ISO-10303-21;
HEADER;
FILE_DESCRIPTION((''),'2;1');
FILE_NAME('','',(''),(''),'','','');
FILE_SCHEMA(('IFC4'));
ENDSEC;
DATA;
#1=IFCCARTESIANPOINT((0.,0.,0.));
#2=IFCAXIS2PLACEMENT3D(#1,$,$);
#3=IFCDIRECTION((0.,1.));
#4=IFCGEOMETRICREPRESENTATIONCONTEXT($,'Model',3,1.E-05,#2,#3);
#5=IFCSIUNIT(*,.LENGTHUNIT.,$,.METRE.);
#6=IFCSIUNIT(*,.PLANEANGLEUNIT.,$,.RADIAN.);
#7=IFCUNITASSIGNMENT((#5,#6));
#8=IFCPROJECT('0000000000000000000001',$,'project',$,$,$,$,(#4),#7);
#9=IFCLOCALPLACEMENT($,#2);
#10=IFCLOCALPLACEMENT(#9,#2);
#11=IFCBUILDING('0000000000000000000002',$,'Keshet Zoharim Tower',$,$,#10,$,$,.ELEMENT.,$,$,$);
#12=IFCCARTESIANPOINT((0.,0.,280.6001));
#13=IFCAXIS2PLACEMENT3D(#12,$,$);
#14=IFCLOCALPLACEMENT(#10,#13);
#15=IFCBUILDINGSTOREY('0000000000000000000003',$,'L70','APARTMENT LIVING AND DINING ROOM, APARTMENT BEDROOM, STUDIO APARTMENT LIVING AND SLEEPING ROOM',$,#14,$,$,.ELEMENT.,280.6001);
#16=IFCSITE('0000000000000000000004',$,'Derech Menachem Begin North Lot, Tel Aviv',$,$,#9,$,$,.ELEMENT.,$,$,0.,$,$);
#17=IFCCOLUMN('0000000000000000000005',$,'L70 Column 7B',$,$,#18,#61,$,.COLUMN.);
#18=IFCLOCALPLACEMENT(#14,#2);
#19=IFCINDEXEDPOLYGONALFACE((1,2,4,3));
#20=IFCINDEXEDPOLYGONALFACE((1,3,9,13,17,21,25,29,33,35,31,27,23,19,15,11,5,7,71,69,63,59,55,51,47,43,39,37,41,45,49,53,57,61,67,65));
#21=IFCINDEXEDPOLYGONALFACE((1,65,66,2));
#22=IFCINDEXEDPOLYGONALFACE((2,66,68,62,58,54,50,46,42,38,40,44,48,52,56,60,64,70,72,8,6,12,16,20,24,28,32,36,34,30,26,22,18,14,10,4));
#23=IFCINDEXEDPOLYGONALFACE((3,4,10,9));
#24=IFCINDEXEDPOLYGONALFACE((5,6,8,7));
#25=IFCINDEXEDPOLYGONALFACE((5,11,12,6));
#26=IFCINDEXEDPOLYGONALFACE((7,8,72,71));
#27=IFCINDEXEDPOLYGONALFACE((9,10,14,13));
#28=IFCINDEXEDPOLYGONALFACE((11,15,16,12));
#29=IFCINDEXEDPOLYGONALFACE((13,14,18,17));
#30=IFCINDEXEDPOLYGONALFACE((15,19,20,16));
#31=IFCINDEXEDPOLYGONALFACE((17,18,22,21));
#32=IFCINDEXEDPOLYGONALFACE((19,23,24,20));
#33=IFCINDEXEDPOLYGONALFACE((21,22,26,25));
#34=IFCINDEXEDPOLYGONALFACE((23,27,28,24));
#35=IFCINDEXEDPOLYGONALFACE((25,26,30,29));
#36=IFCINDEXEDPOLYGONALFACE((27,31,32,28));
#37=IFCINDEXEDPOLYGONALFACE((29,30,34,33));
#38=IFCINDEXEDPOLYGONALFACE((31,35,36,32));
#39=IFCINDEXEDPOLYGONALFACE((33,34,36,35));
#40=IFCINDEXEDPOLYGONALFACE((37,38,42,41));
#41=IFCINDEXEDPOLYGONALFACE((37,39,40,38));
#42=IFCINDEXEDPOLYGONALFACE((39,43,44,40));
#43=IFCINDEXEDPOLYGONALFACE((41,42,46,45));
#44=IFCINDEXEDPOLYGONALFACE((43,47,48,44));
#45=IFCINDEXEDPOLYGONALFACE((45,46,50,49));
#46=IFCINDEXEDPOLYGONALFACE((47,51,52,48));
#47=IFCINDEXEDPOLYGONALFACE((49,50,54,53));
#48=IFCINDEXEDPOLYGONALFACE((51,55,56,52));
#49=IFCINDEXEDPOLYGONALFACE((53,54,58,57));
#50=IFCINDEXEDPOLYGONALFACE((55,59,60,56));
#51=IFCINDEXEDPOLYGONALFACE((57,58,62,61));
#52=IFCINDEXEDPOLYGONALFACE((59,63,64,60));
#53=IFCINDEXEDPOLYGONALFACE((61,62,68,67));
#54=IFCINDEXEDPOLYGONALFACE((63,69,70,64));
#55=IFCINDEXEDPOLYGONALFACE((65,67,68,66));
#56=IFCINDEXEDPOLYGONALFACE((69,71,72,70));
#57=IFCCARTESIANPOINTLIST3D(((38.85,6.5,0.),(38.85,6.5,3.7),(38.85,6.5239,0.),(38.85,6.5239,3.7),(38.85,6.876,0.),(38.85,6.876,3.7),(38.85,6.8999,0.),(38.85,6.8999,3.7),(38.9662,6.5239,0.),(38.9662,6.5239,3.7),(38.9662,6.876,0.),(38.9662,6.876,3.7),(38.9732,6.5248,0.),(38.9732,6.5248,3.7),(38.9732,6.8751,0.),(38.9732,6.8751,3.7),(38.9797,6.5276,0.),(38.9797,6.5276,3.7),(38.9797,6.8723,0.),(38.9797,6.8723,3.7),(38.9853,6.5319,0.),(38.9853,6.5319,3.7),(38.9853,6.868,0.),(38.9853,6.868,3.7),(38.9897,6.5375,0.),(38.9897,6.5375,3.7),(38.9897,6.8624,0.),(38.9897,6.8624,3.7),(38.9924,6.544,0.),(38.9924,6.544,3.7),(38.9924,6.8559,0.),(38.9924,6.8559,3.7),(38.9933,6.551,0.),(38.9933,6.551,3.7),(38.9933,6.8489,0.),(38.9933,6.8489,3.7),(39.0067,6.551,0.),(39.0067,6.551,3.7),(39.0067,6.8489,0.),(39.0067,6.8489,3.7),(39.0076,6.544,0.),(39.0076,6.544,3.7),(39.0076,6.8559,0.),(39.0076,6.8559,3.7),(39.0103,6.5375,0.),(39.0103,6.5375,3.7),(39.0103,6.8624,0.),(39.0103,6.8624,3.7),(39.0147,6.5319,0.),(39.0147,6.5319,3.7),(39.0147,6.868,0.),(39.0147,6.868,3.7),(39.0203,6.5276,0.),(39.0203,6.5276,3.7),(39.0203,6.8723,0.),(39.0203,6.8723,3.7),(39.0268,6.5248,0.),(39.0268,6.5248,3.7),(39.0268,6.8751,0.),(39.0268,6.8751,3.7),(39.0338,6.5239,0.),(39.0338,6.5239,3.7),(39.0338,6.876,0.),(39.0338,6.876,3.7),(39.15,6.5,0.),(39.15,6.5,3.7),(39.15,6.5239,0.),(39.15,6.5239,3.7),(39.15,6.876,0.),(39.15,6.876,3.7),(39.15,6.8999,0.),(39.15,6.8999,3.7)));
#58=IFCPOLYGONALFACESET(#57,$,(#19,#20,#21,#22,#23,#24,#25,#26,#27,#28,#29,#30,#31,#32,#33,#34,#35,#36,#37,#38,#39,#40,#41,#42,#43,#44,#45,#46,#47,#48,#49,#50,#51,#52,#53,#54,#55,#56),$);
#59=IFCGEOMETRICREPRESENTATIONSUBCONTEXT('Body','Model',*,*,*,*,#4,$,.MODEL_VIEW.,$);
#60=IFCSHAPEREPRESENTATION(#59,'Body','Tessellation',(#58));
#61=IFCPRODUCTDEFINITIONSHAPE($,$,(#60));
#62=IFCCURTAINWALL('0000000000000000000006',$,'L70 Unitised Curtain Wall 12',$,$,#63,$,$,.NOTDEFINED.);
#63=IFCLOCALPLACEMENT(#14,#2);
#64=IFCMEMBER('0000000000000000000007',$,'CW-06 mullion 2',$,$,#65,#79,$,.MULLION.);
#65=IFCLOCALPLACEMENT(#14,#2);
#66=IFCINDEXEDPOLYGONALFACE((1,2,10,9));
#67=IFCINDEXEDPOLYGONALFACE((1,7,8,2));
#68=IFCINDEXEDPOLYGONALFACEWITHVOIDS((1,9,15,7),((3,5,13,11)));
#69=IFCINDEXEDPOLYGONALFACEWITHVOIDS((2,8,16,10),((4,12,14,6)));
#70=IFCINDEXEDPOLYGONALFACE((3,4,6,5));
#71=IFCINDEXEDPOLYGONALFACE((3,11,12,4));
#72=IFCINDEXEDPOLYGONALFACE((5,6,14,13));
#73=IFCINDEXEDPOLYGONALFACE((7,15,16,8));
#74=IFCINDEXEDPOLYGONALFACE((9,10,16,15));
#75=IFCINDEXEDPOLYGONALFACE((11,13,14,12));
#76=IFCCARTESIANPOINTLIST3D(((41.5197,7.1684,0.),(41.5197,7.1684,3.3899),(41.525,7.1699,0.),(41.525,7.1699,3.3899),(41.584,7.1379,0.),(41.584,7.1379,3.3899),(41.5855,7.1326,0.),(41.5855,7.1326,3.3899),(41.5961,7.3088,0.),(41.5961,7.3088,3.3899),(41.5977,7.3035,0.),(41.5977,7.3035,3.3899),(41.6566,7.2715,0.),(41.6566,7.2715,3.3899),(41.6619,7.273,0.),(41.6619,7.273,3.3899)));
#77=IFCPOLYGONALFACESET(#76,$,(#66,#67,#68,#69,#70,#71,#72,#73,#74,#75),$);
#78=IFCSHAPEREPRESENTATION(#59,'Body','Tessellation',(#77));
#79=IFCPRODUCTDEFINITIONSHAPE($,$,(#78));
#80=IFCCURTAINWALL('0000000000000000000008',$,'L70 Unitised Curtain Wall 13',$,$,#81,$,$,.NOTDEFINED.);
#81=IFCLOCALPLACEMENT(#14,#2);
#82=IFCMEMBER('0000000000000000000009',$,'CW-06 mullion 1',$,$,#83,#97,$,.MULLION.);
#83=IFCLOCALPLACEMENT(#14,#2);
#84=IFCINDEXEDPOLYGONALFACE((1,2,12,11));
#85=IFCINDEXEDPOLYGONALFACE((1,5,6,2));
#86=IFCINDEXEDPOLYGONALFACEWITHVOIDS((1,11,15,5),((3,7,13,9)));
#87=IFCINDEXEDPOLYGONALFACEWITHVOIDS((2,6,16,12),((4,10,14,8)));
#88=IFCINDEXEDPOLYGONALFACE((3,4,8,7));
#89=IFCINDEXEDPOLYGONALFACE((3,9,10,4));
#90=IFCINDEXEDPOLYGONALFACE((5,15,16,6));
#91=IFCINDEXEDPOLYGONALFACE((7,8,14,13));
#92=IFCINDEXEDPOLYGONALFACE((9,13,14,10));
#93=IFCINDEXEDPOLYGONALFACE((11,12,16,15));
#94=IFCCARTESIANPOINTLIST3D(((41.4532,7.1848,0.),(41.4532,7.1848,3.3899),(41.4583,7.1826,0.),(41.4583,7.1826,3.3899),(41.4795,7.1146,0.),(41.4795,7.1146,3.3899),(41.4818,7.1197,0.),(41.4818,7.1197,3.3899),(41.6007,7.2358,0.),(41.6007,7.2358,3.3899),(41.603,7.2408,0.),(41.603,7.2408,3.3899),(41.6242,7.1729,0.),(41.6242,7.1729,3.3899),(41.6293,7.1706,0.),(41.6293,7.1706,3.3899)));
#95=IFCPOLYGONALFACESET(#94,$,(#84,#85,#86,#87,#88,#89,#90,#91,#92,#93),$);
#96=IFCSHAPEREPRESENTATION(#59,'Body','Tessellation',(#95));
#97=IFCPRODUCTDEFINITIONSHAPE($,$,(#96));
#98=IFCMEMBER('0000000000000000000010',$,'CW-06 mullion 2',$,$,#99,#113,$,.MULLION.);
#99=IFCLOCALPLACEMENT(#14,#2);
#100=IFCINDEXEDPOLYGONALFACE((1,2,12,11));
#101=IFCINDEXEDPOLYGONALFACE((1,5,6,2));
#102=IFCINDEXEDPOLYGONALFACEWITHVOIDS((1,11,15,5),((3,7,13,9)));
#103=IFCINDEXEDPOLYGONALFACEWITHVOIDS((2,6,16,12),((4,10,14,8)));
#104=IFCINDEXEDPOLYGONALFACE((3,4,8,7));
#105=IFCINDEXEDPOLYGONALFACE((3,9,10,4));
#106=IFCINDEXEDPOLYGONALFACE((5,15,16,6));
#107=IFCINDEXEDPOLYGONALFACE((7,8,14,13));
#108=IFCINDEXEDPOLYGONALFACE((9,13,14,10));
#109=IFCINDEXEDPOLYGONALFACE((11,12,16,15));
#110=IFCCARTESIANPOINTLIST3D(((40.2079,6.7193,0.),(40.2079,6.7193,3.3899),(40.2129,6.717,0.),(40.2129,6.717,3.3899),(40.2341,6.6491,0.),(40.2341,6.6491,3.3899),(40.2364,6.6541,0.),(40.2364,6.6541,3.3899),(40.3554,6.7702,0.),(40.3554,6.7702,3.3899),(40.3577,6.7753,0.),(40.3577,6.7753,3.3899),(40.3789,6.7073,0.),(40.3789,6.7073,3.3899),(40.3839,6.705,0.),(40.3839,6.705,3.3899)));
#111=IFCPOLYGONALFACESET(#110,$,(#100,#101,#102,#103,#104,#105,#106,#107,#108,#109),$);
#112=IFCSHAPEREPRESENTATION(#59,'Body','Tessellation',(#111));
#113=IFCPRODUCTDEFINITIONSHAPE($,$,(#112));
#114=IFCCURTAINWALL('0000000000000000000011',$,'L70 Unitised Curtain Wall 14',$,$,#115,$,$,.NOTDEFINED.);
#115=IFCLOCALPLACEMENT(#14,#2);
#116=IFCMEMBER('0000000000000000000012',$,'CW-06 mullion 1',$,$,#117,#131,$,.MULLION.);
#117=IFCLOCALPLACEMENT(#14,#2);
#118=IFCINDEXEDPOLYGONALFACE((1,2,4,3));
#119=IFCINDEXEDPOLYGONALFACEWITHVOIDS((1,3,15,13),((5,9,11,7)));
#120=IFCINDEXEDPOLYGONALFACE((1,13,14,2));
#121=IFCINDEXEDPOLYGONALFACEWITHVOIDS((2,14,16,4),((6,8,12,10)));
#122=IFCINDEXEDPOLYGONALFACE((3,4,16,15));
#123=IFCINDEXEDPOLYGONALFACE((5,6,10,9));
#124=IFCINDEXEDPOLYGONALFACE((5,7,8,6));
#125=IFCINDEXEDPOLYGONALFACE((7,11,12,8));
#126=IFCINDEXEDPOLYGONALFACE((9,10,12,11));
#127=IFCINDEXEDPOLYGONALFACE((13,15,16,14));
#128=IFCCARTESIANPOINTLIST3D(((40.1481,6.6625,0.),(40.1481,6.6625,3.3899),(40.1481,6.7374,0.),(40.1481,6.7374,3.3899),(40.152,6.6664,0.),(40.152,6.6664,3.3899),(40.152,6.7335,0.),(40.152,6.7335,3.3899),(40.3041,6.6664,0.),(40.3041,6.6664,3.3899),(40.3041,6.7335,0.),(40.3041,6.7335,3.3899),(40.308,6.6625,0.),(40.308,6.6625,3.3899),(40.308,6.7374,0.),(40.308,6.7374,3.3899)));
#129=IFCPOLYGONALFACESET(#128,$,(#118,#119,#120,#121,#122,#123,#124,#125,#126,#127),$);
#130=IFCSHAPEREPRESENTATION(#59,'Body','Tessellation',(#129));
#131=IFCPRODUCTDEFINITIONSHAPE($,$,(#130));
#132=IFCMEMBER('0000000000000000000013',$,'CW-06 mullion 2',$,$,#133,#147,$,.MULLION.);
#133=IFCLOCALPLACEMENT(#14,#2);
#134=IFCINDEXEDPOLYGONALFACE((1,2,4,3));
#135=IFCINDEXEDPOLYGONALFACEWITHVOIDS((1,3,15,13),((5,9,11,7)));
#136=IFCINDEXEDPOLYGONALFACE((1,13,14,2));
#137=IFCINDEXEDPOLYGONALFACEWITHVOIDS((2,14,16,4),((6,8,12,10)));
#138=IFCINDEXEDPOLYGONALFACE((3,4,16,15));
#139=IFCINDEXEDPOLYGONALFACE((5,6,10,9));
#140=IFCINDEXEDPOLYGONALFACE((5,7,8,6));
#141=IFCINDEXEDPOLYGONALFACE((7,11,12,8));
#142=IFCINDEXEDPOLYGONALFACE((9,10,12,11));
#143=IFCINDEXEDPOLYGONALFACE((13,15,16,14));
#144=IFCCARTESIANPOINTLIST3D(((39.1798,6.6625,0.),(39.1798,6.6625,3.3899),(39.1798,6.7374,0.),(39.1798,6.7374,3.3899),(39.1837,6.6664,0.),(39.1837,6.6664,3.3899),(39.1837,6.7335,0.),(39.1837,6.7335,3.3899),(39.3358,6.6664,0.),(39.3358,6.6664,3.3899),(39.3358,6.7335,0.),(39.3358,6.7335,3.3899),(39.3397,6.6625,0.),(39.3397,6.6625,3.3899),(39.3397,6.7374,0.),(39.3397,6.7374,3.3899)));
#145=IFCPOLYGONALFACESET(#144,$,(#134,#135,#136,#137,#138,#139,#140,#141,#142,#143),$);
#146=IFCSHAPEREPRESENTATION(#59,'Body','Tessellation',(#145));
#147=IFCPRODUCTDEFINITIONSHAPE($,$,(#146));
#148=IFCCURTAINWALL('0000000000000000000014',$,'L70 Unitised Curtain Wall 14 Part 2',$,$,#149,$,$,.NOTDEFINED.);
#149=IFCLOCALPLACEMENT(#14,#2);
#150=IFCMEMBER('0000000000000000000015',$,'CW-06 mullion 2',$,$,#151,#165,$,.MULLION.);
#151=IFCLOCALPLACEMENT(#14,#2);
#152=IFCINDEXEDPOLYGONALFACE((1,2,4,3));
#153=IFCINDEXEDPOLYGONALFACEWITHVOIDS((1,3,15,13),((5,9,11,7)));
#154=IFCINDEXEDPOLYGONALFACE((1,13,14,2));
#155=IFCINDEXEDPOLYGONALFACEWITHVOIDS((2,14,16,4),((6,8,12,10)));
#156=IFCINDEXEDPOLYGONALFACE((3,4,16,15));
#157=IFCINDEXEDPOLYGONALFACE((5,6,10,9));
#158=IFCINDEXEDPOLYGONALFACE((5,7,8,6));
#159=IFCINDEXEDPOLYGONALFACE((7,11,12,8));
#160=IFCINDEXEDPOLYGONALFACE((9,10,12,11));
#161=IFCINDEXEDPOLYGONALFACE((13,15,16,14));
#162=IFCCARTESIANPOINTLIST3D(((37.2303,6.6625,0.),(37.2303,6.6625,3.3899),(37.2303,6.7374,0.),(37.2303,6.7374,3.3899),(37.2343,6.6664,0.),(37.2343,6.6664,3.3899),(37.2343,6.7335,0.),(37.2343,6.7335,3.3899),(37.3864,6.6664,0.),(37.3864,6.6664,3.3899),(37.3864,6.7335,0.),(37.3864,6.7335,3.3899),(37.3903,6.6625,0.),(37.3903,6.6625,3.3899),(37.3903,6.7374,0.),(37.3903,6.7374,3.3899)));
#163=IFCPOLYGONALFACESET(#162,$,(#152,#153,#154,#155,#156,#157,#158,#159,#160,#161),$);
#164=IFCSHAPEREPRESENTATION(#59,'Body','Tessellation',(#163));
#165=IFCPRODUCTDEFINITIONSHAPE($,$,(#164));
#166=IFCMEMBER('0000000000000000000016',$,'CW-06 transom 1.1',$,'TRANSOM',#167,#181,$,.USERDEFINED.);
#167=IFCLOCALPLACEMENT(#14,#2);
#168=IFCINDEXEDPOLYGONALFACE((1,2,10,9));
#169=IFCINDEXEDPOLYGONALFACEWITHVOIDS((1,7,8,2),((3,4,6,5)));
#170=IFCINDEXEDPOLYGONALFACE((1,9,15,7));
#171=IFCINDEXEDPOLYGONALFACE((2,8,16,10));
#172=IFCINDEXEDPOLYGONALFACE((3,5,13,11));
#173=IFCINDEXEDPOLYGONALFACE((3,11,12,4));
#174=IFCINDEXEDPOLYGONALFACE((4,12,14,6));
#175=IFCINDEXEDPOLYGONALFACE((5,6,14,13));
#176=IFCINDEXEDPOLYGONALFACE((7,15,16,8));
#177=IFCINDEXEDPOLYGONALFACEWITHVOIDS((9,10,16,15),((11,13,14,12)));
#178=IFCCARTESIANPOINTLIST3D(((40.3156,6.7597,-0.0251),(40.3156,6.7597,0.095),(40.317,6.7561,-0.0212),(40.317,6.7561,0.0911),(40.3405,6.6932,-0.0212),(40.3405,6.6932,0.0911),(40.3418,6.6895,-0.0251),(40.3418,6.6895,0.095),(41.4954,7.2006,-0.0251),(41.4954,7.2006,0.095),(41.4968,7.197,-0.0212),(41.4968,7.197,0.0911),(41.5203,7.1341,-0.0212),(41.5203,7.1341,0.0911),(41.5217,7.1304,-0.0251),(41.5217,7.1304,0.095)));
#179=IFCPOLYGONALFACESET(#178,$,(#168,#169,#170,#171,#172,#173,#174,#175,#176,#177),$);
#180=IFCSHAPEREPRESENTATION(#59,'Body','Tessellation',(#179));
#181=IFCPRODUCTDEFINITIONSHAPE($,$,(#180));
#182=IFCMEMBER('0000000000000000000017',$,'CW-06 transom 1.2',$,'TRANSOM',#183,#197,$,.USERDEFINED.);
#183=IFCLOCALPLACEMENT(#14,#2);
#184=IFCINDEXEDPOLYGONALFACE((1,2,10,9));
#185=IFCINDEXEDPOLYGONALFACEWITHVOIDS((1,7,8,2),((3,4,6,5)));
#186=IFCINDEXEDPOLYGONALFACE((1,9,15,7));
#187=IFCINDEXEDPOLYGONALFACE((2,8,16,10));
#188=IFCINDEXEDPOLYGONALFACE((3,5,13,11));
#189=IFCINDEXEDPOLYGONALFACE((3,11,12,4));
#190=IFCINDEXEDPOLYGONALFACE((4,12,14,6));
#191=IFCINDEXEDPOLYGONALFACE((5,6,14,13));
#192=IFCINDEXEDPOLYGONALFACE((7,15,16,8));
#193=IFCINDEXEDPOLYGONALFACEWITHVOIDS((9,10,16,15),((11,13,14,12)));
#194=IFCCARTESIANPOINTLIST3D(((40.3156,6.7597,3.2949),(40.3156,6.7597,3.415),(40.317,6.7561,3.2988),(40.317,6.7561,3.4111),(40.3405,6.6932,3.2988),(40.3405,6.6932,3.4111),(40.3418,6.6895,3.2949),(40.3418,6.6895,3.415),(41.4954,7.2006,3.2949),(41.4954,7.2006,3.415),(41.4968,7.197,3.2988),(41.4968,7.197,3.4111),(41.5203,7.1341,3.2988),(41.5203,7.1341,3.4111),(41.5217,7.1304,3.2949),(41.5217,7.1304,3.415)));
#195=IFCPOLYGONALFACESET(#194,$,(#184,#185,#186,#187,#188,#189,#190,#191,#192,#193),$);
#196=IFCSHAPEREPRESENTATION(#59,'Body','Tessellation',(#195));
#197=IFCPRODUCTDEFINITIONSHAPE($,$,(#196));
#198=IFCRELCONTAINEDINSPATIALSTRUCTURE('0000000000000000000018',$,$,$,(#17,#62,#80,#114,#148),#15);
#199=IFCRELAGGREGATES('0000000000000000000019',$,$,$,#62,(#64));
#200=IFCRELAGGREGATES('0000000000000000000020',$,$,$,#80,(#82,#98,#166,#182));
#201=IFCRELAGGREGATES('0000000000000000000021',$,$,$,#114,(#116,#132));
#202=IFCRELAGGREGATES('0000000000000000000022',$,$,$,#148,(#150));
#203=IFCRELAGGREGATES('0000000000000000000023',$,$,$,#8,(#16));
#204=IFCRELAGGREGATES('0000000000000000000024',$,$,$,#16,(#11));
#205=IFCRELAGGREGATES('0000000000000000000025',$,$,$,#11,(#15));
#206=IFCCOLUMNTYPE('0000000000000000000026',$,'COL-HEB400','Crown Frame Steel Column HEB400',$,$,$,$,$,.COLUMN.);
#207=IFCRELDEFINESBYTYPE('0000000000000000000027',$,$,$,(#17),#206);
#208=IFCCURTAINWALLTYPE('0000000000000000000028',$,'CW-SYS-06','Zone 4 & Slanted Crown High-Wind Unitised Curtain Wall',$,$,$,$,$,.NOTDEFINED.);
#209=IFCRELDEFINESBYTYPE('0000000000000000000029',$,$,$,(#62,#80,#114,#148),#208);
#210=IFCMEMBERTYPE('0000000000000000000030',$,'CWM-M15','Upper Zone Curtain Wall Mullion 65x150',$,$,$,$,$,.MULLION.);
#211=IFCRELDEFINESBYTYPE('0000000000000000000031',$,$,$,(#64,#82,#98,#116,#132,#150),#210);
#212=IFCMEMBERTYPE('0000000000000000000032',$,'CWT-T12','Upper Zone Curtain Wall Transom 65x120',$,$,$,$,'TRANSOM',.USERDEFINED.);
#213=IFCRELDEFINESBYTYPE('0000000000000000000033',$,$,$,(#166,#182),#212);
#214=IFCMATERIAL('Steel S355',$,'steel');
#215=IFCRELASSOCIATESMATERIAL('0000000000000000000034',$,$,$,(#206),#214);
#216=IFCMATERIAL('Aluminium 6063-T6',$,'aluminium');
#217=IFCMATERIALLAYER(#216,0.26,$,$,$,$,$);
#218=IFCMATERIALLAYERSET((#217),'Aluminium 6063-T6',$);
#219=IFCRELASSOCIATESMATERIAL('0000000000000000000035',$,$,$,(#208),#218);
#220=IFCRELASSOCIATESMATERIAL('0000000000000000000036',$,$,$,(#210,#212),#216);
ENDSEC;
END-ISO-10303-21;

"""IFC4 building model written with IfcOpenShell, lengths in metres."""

from ifc_helpers import new_model, si_unit, direction, frame, origin, origin_2d, place, context, subcontext, project, spatial, hollow_rectangle, i_section, extrude, material, layer, layer_set, material_profile, profile_set, type_object, element, aggregate, save


model = new_model("IFC4")

# Units and contexts
model_context = context("Model", 3, precision=1e-05, world=origin(), true_north=direction((0.0, 1.0)))
body_context = subcontext(model_context, "Body", "Model", "MODEL_VIEW")
ifc_project = project(units=[si_unit("LENGTHUNIT", "METRE"), si_unit("PLANEANGLEUNIT", "RADIAN")], contexts=[model_context])

# Site, building, storey
site_placement = place(None, origin())
site = spatial("IfcSite", under=ifc_project, at=site_placement, Name="Derech Menachem Begin North Lot, Tel Aviv", CompositionType="ELEMENT", RefElevation=0.0)
building_placement = place(site_placement, origin())
building = spatial("IfcBuilding", under=site, at=building_placement, Name="Keshet Zoharim Tower", CompositionType="ELEMENT")
storey_placement = place(building_placement, frame((0.0, 0.0, 280.6001)))
storey = spatial("IfcBuildingStorey", under=building, at=storey_placement, Name="L70", Description="APARTMENT LIVING AND DINING ROOM, APARTMENT BEDROOM, STUDIO APARTMENT LIVING AND SLEEPING ROOM", CompositionType="ELEMENT", Elevation=280.6001)

# Column
ifc_material_1 = material(Name="Steel S355", Category="steel")
ifc_material_profile_1 = material_profile(ifc_material_1, i_section(OverallWidth=0.3, OverallDepth=0.3999, WebThickness=0.0134, FlangeThickness=0.0239, FilletRadius=0.0271, at=origin_2d()), Name="HEB400")
ifc_profile_set_1 = profile_set([ifc_material_profile_1], Name="Steel S355")
column_type = type_object("IfcColumnType", Name="COL-HEB400", Description="Crown Frame Steel Column HEB400", PredefinedType="COLUMN", material=ifc_profile_set_1)
column_placement = place(storey_placement, frame((39.0, 6.7, 0.0), z_axis=(0.0, 0.0, 1.0), x_axis=(1.0, 0.0, 0.0)))
element("IfcColumn", 1, at=column_placement, inside=storey, type_object=column_type, Name="L70 Column 7B", PredefinedType="COLUMN", context=body_context, shape_type="SweptSolid", body=[
    extrude(i_section(OverallWidth=0.3, OverallDepth=0.3999, WebThickness=0.0134, FlangeThickness=0.0239, FilletRadius=0.0271, at=origin_2d()), origin(), (0.0, 0.0, 1.0), 3.7),
])

# Curtain wall, member
ifc_material_2 = material(Name="Aluminium 6063-T6", Category="aluminium")
ifc_layer_1 = layer(ifc_material_2, 0.26)
ifc_layer_set_1 = layer_set([ifc_layer_1], Name="Aluminium 6063-T6")
curtain_wall_type = type_object("IfcCurtainWallType", Name="CW-SYS-06", Description="Zone 4 & Slanted Crown High-Wind Unitised Curtain Wall", PredefinedType="NOTDEFINED", material=ifc_layer_set_1)
curtain_wall_1_placement = place(storey_placement, origin())
curtain_wall_1 = element("IfcCurtainWall", 2, at=curtain_wall_1_placement, inside=storey, type_object=curtain_wall_type, Name="L70 Unitised Curtain Wall 12", PredefinedType="NOTDEFINED")
ifc_material_profile_2 = material_profile(ifc_material_2, hollow_rectangle(XDim=0.075, YDim=0.1599, WallThickness=0.0039, at=origin_2d()), Name="MUL-75x160")
ifc_profile_set_2 = profile_set([ifc_material_profile_2], Name="Aluminium 6063-T6")
member_type_1 = type_object("IfcMemberType", Name="CWM-M15", Description="Upper Zone Curtain Wall Mullion 65x150", PredefinedType="MULLION", material=ifc_profile_set_2)
member_1_placement = place(storey_placement, frame((41.5908, 7.2207, 0.0), z_axis=(0.0, 0.0, 1.0), x_axis=(0.878468, -0.477801, 0.0)))
member_1 = element("IfcMember", 3, at=member_1_placement, type_object=member_type_1, Name="CW-06 mullion 2", PredefinedType="MULLION", context=body_context, shape_type="SweptSolid", body=[
    extrude(hollow_rectangle(XDim=0.075, YDim=0.1599, WallThickness=0.0039, at=origin_2d()), origin(), (0.0, 0.0, 1.0), 3.3899),
])

# Curtain walls, members
curtain_wall_2_placement = place(storey_placement, origin())
curtain_wall_2 = element("IfcCurtainWall", 4, at=curtain_wall_2_placement, inside=storey, type_object=curtain_wall_type, Name="L70 Unitised Curtain Wall 13", PredefinedType="NOTDEFINED")
member_2_placement = place(storey_placement, frame((41.5413, 7.1777, 0.0), z_axis=(0.0, 0.0, 1.0), x_axis=(0.350105, -0.93671, 0.0)))
member_2 = element("IfcMember", 5, at=member_2_placement, type_object=member_type_1, Name="CW-06 mullion 1", PredefinedType="MULLION", context=body_context, shape_type="SweptSolid", body=[
    extrude(hollow_rectangle(XDim=0.075, YDim=0.1599, WallThickness=0.0039, at=origin_2d()), origin(), (0.0, 0.0, 1.0), 3.3899),
])
member_3_placement = place(storey_placement, frame((40.2959, 6.7122, 0.0), z_axis=(0.0, 0.0, 1.0), x_axis=(0.350105, -0.93671, 0.0)))
member_3 = element("IfcMember", 6, at=member_3_placement, type_object=member_type_1, Name="CW-06 mullion 2", PredefinedType="MULLION", context=body_context, shape_type="SweptSolid", body=[
    extrude(hollow_rectangle(XDim=0.075, YDim=0.1599, WallThickness=0.0039, at=origin_2d()), origin(), (0.0, 0.0, 1.0), 3.3899),
])
curtain_wall_3_placement = place(storey_placement, origin())
curtain_wall_3 = element("IfcCurtainWall", 7, at=curtain_wall_3_placement, inside=storey, type_object=curtain_wall_type, Name="L70 Unitised Curtain Wall 14", PredefinedType="NOTDEFINED")
member_4_placement = place(storey_placement, frame((40.228, 6.7, 0.0), z_axis=(0.0, 0.0, 1.0), x_axis=(0.0, -1.0, 0.0)))
member_4 = element("IfcMember", 8, at=member_4_placement, type_object=member_type_1, Name="CW-06 mullion 1", PredefinedType="MULLION", context=body_context, shape_type="SweptSolid", body=[
    extrude(hollow_rectangle(XDim=0.075, YDim=0.1599, WallThickness=0.0039, at=origin_2d()), origin(), (0.0, 0.0, 1.0), 3.3899),
])
member_5_placement = place(storey_placement, frame((39.2598, 6.7, 0.0), z_axis=(0.0, 0.0, 1.0), x_axis=(0.0, -1.0, 0.0)))
member_5 = element("IfcMember", 9, at=member_5_placement, type_object=member_type_1, Name="CW-06 mullion 2", PredefinedType="MULLION", context=body_context, shape_type="SweptSolid", body=[
    extrude(hollow_rectangle(XDim=0.075, YDim=0.1599, WallThickness=0.0039, at=origin_2d()), origin(), (0.0, 0.0, 1.0), 3.3899),
])

# Curtain wall, member
curtain_wall_4_placement = place(storey_placement, origin())
curtain_wall_4 = element("IfcCurtainWall", 10, at=curtain_wall_4_placement, inside=storey, type_object=curtain_wall_type, Name="L70 Unitised Curtain Wall 14 Part 2", PredefinedType="NOTDEFINED")
member_6_placement = place(storey_placement, frame((37.3103, 6.7, 0.0), z_axis=(0.0, 0.0, 1.0), x_axis=(0.0, -1.0, 0.0)))
member_6 = element("IfcMember", 11, at=member_6_placement, type_object=member_type_1, Name="CW-06 mullion 2", PredefinedType="MULLION", context=body_context, shape_type="SweptSolid", body=[
    extrude(hollow_rectangle(XDim=0.075, YDim=0.1599, WallThickness=0.0039, at=origin_2d()), origin(), (0.0, 0.0, 1.0), 3.3899),
])

# Members
ifc_material_profile_3 = material_profile(ifc_material_2, hollow_rectangle(XDim=0.075, YDim=0.1201, WallThickness=0.0039, at=origin_2d()), Name="TRN-75x120")
ifc_profile_set_3 = profile_set([ifc_material_profile_3], Name="Aluminium 6063-T6")
member_type_2 = type_object("IfcMemberType", Name="CWT-T12", Description="Upper Zone Curtain Wall Transom 65x120", ElementType="TRANSOM", PredefinedType="USERDEFINED", material=ifc_profile_set_3)
member_7_placement = place(storey_placement, frame((41.5085, 7.1655, 0.0349), z_axis=(-0.936735, -0.35004, 0.0), x_axis=(0.35004, -0.936735, 0.0)))
member_7 = element("IfcMember", 12, at=member_7_placement, type_object=member_type_2, Name="CW-06 transom 1.1", ObjectType="TRANSOM", PredefinedType="USERDEFINED", context=body_context, shape_type="SweptSolid", body=[
    extrude(hollow_rectangle(XDim=0.075, YDim=0.1201, WallThickness=0.0039, at=origin_2d()), origin(), (0.0, 0.0, 1.0), 1.2595),
])
member_8_placement = place(storey_placement, frame((41.5085, 7.1655, 3.355), z_axis=(-0.936735, -0.35004, 0.0), x_axis=(0.35004, -0.936735, 0.0)))
member_8 = element("IfcMember", 13, at=member_8_placement, type_object=member_type_2, Name="CW-06 transom 1.2", ObjectType="TRANSOM", PredefinedType="USERDEFINED", context=body_context, shape_type="SweptSolid", body=[
    extrude(hollow_rectangle(XDim=0.075, YDim=0.1201, WallThickness=0.0039, at=origin_2d()), origin(), (0.0, 0.0, 1.0), 1.2595),
])

aggregate(curtain_wall_1, [member_1])
aggregate(curtain_wall_2, [member_2, member_3, member_7, member_8])
aggregate(curtain_wall_3, [member_4, member_5])
aggregate(curtain_wall_4, [member_6])

save(model, "model.ifc")
